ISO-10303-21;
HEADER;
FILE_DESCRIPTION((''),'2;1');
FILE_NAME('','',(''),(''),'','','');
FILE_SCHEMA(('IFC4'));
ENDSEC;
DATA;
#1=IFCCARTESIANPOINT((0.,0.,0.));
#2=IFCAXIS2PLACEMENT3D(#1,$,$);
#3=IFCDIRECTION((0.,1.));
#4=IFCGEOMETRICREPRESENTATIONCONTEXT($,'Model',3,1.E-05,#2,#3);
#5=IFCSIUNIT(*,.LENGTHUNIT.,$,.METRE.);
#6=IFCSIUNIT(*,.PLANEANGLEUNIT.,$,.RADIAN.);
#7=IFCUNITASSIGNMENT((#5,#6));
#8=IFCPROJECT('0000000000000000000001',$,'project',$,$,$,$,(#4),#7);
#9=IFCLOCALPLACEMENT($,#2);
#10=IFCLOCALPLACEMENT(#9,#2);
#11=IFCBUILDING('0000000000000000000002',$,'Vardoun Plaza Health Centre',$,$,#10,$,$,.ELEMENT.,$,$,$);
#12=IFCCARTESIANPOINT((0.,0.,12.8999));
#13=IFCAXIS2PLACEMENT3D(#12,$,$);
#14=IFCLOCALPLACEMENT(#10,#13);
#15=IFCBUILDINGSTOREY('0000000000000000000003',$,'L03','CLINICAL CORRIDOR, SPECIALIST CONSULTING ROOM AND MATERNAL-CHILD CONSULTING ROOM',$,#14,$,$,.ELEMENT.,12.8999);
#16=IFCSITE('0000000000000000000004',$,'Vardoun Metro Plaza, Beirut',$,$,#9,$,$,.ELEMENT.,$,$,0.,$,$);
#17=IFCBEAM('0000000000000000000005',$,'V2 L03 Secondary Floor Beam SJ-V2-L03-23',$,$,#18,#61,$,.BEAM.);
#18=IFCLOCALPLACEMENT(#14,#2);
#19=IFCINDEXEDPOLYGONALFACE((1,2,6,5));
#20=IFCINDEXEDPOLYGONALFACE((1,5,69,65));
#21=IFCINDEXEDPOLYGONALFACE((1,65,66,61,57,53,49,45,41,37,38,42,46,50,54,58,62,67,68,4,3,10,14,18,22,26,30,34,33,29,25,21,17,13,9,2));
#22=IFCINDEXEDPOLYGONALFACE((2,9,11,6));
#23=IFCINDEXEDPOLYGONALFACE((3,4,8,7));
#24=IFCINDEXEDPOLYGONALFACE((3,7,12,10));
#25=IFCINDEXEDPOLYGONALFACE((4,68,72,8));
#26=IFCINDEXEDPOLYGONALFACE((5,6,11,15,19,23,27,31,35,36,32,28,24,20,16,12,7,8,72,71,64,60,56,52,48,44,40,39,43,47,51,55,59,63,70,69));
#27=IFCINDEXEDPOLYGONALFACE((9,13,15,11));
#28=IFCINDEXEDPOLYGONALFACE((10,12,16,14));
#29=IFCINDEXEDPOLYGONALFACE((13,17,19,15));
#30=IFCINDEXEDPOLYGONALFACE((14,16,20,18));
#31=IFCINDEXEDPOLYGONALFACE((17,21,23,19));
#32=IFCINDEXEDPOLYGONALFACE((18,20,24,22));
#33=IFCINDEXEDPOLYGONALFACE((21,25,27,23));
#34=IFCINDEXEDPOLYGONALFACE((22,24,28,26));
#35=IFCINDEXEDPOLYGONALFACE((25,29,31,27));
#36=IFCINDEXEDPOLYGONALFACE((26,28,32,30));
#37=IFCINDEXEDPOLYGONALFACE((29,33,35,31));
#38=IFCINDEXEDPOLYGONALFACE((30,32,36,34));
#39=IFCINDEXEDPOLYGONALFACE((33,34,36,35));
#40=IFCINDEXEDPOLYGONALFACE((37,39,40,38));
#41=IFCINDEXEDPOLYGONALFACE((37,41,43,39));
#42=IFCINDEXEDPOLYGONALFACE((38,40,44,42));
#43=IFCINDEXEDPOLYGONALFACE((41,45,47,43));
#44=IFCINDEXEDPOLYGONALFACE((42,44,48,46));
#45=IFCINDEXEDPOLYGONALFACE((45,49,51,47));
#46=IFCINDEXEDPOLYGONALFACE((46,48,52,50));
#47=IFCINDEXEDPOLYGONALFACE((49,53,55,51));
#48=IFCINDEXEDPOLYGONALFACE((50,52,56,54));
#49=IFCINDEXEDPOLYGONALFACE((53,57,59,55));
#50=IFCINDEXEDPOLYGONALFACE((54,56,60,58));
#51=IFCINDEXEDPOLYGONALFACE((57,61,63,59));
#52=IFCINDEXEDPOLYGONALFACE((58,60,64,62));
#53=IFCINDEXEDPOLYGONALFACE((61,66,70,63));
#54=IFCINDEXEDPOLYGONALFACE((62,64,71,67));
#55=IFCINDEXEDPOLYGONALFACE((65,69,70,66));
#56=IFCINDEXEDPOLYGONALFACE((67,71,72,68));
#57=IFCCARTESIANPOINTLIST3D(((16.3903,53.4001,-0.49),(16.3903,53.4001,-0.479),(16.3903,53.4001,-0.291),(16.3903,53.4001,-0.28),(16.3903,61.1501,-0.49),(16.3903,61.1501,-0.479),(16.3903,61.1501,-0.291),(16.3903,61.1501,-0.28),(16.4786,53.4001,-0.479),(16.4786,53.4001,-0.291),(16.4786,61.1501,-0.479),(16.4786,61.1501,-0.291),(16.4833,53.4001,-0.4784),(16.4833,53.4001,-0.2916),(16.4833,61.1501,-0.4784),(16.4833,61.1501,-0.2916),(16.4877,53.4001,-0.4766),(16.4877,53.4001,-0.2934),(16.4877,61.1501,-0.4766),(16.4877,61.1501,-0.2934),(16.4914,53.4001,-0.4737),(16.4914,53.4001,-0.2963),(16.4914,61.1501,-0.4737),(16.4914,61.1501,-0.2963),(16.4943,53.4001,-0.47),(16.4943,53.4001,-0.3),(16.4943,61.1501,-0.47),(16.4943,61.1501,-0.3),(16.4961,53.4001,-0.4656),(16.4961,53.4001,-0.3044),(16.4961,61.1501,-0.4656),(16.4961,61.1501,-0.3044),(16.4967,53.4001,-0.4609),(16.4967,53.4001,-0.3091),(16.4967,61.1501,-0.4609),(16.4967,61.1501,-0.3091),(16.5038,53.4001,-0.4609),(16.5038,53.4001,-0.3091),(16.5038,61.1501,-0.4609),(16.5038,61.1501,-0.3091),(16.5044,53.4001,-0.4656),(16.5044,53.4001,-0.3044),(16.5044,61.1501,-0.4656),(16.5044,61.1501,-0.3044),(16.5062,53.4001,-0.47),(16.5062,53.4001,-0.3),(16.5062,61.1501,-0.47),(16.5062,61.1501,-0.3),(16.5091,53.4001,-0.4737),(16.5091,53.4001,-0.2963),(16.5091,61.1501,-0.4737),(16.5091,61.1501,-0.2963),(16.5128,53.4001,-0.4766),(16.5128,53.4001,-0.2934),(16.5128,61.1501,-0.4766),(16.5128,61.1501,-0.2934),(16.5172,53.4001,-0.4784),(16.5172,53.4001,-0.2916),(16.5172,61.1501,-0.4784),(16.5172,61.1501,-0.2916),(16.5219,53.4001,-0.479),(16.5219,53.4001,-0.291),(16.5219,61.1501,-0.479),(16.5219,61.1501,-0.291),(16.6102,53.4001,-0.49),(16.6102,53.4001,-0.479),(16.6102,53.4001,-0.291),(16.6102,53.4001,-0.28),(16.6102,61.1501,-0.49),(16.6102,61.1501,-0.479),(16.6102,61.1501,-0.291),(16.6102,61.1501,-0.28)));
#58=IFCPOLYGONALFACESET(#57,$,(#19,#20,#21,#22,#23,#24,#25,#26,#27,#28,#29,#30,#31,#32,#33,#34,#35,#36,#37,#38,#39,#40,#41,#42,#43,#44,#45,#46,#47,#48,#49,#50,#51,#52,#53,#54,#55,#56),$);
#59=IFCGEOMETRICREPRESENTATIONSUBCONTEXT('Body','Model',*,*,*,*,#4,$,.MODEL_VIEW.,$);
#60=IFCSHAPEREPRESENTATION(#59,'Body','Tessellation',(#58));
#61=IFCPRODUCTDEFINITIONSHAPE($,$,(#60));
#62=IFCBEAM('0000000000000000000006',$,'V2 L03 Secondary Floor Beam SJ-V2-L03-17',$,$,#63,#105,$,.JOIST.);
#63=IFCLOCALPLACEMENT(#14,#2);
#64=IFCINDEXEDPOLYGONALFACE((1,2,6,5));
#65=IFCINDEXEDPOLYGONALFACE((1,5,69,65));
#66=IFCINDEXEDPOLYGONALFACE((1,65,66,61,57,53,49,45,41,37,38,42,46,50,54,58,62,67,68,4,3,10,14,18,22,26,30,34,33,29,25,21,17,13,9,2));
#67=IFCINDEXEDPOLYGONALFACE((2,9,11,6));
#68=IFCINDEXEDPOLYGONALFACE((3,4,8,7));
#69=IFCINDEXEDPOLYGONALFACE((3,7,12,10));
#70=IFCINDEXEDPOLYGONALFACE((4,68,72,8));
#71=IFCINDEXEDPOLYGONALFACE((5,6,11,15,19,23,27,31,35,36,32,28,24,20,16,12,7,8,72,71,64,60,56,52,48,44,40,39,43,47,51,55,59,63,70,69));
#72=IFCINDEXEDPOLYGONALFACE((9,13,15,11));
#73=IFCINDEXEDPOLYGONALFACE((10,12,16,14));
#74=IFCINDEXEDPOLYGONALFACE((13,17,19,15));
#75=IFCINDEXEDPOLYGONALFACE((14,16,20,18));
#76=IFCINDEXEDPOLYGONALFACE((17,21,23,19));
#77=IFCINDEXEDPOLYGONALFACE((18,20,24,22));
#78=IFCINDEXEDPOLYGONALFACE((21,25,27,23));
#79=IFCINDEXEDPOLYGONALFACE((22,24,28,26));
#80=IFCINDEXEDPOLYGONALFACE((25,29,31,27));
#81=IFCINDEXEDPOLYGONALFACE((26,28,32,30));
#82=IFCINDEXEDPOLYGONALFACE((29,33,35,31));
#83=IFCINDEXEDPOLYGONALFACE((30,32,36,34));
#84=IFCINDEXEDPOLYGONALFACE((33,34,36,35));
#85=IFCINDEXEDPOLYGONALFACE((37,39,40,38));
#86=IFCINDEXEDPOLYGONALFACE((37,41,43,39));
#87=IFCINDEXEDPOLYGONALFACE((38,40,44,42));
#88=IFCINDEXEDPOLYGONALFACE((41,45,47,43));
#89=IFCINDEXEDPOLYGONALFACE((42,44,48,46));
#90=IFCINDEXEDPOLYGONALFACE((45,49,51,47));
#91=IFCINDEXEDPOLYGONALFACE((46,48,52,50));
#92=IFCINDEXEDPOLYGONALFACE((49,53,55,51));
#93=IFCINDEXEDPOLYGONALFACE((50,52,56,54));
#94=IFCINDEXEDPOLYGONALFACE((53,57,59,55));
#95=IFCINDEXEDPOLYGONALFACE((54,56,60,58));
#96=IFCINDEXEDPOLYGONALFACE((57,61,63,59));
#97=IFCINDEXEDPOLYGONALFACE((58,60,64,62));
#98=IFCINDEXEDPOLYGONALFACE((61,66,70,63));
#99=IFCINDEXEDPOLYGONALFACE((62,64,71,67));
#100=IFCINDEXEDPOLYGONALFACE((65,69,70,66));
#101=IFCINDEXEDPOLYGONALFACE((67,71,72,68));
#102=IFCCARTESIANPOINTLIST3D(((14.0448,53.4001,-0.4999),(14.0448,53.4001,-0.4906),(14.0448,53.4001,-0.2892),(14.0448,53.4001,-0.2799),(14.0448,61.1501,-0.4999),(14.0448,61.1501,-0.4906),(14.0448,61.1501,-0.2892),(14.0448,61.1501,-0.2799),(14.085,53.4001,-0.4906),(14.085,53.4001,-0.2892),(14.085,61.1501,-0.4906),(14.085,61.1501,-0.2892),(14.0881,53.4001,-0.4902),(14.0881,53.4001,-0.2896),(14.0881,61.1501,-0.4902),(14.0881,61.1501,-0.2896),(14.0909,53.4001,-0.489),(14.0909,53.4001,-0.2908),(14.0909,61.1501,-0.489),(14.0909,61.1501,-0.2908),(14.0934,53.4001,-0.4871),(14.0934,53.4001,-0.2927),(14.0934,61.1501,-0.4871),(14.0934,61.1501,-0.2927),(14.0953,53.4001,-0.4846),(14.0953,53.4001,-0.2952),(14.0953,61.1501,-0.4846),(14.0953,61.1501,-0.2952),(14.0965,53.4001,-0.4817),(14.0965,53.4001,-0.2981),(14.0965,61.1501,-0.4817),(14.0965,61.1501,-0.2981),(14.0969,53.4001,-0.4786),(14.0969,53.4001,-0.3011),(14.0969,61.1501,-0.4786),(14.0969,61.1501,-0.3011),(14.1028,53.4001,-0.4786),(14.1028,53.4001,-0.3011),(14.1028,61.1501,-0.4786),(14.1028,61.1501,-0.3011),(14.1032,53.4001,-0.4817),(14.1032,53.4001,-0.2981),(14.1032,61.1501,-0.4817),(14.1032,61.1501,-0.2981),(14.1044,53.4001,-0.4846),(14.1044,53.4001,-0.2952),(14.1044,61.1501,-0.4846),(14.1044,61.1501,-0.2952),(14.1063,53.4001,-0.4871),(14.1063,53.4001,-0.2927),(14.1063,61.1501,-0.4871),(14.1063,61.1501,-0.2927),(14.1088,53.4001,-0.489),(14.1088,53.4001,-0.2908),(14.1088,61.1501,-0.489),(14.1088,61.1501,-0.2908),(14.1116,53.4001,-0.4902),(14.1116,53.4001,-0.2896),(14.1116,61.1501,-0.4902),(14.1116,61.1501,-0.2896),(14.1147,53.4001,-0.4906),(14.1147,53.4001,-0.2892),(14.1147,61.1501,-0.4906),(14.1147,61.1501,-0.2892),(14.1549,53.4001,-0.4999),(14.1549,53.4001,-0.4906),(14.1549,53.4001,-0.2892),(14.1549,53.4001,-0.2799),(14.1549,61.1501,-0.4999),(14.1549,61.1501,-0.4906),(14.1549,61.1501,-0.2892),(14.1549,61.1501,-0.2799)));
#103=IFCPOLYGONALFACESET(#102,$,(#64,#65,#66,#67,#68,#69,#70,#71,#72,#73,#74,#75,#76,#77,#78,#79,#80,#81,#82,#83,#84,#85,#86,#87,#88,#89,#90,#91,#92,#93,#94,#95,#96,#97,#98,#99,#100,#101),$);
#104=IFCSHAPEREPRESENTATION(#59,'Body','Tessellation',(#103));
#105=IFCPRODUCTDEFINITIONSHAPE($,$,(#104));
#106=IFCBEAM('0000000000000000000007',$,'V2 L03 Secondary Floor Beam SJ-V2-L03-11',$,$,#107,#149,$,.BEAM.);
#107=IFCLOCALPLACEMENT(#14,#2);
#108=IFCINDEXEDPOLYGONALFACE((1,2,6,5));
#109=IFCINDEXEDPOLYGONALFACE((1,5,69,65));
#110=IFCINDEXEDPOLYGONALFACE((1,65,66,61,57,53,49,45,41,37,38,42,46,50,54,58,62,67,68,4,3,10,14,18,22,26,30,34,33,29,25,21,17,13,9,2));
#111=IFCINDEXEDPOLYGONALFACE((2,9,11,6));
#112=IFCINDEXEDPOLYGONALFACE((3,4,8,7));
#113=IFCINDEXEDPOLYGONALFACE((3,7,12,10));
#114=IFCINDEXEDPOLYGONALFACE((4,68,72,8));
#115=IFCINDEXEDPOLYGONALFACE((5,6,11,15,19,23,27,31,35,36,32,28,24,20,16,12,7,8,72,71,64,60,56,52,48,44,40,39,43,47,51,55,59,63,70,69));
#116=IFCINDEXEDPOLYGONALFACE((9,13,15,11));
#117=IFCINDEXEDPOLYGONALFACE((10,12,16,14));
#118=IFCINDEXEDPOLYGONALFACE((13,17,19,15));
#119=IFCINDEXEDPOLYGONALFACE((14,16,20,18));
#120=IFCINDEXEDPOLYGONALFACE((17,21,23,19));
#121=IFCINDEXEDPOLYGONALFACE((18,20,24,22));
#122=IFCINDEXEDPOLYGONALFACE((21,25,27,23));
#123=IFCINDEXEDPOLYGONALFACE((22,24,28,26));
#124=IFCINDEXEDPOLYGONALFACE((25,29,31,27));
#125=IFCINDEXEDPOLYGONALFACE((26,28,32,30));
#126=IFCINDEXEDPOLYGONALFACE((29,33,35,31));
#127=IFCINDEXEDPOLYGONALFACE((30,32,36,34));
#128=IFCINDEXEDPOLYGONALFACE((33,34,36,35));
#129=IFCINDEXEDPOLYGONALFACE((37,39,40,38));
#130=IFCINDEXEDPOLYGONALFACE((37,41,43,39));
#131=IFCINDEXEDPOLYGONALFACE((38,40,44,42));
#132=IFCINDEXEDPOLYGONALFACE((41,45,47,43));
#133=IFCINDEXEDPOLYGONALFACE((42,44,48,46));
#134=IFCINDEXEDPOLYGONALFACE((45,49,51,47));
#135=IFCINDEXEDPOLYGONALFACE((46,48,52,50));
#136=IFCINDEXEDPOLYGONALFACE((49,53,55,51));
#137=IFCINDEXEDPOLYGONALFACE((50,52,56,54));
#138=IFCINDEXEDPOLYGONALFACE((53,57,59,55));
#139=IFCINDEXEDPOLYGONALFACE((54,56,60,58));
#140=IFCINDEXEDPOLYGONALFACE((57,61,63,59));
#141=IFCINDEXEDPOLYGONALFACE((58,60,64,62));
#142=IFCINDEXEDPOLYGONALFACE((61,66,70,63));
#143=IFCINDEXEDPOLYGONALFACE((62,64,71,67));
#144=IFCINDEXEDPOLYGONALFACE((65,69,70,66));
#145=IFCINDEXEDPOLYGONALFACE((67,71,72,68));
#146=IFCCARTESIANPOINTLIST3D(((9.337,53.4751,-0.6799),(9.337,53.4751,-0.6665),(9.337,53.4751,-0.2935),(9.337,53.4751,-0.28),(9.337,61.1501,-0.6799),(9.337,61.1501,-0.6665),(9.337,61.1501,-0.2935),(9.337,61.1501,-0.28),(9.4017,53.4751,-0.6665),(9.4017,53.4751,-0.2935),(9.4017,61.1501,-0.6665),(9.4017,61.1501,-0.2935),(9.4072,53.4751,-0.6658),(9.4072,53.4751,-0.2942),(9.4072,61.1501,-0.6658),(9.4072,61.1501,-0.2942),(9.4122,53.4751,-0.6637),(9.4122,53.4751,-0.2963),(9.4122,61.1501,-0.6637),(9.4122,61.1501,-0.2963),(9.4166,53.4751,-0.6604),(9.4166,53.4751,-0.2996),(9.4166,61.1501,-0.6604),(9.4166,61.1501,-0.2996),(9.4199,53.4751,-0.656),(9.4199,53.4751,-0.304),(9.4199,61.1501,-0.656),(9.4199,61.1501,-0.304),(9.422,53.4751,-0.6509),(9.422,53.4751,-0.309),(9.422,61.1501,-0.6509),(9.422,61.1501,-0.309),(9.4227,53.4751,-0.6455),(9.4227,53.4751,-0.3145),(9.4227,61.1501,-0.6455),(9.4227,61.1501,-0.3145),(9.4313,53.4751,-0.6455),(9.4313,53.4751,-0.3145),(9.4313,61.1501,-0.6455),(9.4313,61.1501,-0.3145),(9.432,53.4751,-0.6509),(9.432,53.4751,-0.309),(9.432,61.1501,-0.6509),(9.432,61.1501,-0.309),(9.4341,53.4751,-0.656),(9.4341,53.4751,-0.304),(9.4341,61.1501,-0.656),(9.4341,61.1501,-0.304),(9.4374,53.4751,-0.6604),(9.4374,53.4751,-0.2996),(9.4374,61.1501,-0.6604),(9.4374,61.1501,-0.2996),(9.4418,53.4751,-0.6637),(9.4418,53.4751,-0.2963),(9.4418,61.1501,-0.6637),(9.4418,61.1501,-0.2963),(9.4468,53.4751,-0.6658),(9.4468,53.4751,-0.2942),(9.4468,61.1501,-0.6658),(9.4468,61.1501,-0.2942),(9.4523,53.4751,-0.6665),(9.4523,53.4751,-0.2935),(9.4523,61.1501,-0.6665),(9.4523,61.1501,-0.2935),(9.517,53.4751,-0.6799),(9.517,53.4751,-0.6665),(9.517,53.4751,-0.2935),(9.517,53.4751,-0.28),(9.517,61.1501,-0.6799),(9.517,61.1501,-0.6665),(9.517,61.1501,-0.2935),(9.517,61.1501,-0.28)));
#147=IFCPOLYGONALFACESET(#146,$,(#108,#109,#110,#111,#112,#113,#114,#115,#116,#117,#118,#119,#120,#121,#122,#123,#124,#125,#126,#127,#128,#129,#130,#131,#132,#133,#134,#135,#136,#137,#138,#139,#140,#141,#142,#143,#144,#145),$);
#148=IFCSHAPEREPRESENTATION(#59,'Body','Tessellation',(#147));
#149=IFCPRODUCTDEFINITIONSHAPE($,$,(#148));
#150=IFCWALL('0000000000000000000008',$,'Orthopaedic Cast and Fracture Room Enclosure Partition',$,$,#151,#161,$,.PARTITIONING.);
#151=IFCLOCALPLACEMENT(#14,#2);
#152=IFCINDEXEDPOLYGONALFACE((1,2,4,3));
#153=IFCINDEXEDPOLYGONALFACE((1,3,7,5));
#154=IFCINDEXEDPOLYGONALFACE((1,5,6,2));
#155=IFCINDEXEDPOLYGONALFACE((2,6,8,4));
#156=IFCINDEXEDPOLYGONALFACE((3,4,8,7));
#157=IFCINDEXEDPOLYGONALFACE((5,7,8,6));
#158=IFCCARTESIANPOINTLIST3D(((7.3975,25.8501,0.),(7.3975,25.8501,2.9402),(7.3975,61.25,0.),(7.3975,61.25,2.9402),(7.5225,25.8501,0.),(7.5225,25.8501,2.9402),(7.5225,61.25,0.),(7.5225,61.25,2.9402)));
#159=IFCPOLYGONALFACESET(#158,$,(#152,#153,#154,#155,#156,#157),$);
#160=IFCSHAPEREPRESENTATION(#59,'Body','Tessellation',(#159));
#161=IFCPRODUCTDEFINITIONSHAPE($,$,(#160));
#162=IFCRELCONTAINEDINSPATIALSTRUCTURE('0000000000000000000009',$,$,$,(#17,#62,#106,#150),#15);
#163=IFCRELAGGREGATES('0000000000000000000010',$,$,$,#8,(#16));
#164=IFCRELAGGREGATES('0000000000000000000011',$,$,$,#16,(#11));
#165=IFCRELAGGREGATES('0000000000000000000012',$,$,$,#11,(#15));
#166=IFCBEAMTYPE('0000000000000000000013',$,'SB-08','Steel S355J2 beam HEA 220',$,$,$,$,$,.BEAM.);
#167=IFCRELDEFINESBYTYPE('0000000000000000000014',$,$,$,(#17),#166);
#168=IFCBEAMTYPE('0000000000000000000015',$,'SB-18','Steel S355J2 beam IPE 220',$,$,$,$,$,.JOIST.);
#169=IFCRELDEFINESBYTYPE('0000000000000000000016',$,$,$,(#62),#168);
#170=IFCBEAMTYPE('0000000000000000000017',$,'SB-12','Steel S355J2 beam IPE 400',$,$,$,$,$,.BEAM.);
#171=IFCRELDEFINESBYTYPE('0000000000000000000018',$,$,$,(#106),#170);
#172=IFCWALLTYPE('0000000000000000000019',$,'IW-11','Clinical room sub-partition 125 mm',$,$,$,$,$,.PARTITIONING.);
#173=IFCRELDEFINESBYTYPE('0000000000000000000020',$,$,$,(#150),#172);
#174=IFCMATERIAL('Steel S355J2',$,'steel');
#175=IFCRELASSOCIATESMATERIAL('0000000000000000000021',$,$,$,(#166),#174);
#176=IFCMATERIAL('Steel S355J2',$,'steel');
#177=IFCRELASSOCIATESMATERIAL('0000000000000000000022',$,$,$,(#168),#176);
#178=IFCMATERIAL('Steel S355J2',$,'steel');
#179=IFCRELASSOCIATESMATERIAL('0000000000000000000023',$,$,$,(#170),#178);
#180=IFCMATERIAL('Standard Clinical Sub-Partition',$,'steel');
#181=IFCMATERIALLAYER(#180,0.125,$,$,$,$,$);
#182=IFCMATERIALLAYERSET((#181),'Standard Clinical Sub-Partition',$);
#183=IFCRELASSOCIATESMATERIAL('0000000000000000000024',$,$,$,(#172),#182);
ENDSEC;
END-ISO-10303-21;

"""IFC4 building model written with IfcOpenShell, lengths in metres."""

from ifc_helpers import new_model, si_unit, direction, frame, frame_2d, origin, origin_2d, place, context, subcontext, project, spatial, rectangle, i_section, extrude, material, layer, layer_set, material_profile, profile_set, type_object, element, save


model = new_model("IFC4")

# Units and contexts
model_context = context("Model", 3, precision=1e-05, world=origin(), true_north=direction((0.0, 1.0)))
body_context = subcontext(model_context, "Body", "Model", "MODEL_VIEW")
ifc_project = project(units=[si_unit("LENGTHUNIT", "METRE"), si_unit("PLANEANGLEUNIT", "RADIAN")], contexts=[model_context])

# Site, building, storey
site_placement = place(None, origin())
site = spatial("IfcSite", under=ifc_project, at=site_placement, Name="Vardoun Metro Plaza, Beirut", CompositionType="ELEMENT", RefElevation=0.0)
building_placement = place(site_placement, origin())
building = spatial("IfcBuilding", under=site, at=building_placement, Name="Vardoun Plaza Health Centre", CompositionType="ELEMENT")
storey_placement = place(building_placement, frame((0.0, 0.0, 12.8999)))
storey = spatial("IfcBuildingStorey", under=building, at=storey_placement, Name="L03", Description="CLINICAL CORRIDOR, SPECIALIST CONSULTING ROOM AND MATERNAL-CHILD CONSULTING ROOM", CompositionType="ELEMENT", Elevation=12.8999)

# Beams
ifc_material_1 = material(Name="Steel S355J2", Category="steel")
ifc_material_profile_1 = material_profile(ifc_material_1, i_section(OverallWidth=0.22, OverallDepth=0.21, WebThickness=0.0071, FlangeThickness=0.011, FilletRadius=0.0181, at=origin_2d()), Name="HEA 220")
ifc_profile_set_1 = profile_set([ifc_material_profile_1], Name="Steel S355J2")
beam_type_1 = type_object("IfcBeamType", Name="SB-08", Description="Steel S355J2 beam HEA 220", PredefinedType="BEAM", material=ifc_profile_set_1)
beam_1_placement = place(storey_placement, frame((16.5002, 53.4001, -0.385), z_axis=(0.0, 1.0, 0.0), x_axis=(-1.0, 0.0, 0.0)))
element("IfcBeam", 1, at=beam_1_placement, inside=storey, type_object=beam_type_1, Name="V2 L03 Secondary Floor Beam SJ-V2-L03-23", PredefinedType="BEAM", context=body_context, shape_type="SweptSolid", body=[
    extrude(i_section(OverallWidth=0.22, OverallDepth=0.21, WebThickness=0.0071, FlangeThickness=0.011, FilletRadius=0.0181, at=origin_2d()), origin(), (0.0, 0.0, 1.0), 7.75),
])
ifc_material_2 = material(Name="Steel S355J2", Category="steel")
ifc_material_profile_2 = material_profile(ifc_material_2, i_section(OverallWidth=0.1101, OverallDepth=0.22, WebThickness=0.0059, FlangeThickness=0.0093, FilletRadius=0.012, at=origin_2d()), Name="IPE 220")
ifc_profile_set_2 = profile_set([ifc_material_profile_2], Name="Steel S355J2")
beam_type_2 = type_object("IfcBeamType", Name="SB-18", Description="Steel S355J2 beam IPE 220", PredefinedType="JOIST", material=ifc_profile_set_2)
beam_2_placement = place(storey_placement, frame((14.0999, 53.4001, -0.3899), z_axis=(0.0, 1.0, 0.0), x_axis=(-1.0, 0.0, 0.0)))
element("IfcBeam", 2, at=beam_2_placement, inside=storey, type_object=beam_type_2, Name="V2 L03 Secondary Floor Beam SJ-V2-L03-17", PredefinedType="JOIST", context=body_context, shape_type="SweptSolid", body=[
    extrude(i_section(OverallWidth=0.1101, OverallDepth=0.22, WebThickness=0.0059, FlangeThickness=0.0093, FilletRadius=0.012, at=origin_2d()), origin(), (0.0, 0.0, 1.0), 7.75),
])
ifc_material_3 = material(Name="Steel S355J2", Category="steel")
ifc_material_profile_3 = material_profile(ifc_material_3, i_section(OverallWidth=0.1799, OverallDepth=0.3999, WebThickness=0.0085, FlangeThickness=0.0134, FilletRadius=0.021, at=origin_2d()), Name="IPE 400")
ifc_profile_set_3 = profile_set([ifc_material_profile_3], Name="Steel S355J2")
beam_type_3 = type_object("IfcBeamType", Name="SB-12", Description="Steel S355J2 beam IPE 400", PredefinedType="BEAM", material=ifc_profile_set_3)
beam_3_placement = place(storey_placement, frame((9.427, 53.4751, -0.48), z_axis=(0.0, 1.0, 0.0), x_axis=(-1.0, 0.0, 0.0)))
element("IfcBeam", 3, at=beam_3_placement, inside=storey, type_object=beam_type_3, Name="V2 L03 Secondary Floor Beam SJ-V2-L03-11", PredefinedType="BEAM", context=body_context, shape_type="SweptSolid", body=[
    extrude(i_section(OverallWidth=0.1799, OverallDepth=0.3999, WebThickness=0.0085, FlangeThickness=0.0134, FilletRadius=0.021, at=origin_2d()), origin(), (0.0, 0.0, 1.0), 7.675),
])

# Wall
ifc_material_4 = material(Name="Standard Clinical Sub-Partition", Category="steel")
ifc_layer_1 = layer(ifc_material_4, 0.125)
ifc_layer_set_1 = layer_set([ifc_layer_1], Name="Standard Clinical Sub-Partition")
wall_type_1 = type_object("IfcWallType", Name="IW-11", Description="Clinical room sub-partition 125 mm", PredefinedType="PARTITIONING", material=ifc_layer_set_1)
wall_1_placement = place(storey_placement, frame((7.46, 61.25, 0.0), z_axis=(0.0, 0.0, 1.0), x_axis=(0.0, -1.0, 0.0)))
element("IfcWall", 4, at=wall_1_placement, inside=storey, type_object=wall_type_1, Name="Orthopaedic Cast and Fracture Room Enclosure Partition", PredefinedType="PARTITIONING", context=body_context, shape_type="SweptSolid", body=[
    extrude(rectangle(XDim=35.3999, YDim=0.125, at=frame_2d((17.7, 0.0))), origin(), (0.0, 0.0, 1.0), 2.9402),
])

save(model, "model.ifc")
